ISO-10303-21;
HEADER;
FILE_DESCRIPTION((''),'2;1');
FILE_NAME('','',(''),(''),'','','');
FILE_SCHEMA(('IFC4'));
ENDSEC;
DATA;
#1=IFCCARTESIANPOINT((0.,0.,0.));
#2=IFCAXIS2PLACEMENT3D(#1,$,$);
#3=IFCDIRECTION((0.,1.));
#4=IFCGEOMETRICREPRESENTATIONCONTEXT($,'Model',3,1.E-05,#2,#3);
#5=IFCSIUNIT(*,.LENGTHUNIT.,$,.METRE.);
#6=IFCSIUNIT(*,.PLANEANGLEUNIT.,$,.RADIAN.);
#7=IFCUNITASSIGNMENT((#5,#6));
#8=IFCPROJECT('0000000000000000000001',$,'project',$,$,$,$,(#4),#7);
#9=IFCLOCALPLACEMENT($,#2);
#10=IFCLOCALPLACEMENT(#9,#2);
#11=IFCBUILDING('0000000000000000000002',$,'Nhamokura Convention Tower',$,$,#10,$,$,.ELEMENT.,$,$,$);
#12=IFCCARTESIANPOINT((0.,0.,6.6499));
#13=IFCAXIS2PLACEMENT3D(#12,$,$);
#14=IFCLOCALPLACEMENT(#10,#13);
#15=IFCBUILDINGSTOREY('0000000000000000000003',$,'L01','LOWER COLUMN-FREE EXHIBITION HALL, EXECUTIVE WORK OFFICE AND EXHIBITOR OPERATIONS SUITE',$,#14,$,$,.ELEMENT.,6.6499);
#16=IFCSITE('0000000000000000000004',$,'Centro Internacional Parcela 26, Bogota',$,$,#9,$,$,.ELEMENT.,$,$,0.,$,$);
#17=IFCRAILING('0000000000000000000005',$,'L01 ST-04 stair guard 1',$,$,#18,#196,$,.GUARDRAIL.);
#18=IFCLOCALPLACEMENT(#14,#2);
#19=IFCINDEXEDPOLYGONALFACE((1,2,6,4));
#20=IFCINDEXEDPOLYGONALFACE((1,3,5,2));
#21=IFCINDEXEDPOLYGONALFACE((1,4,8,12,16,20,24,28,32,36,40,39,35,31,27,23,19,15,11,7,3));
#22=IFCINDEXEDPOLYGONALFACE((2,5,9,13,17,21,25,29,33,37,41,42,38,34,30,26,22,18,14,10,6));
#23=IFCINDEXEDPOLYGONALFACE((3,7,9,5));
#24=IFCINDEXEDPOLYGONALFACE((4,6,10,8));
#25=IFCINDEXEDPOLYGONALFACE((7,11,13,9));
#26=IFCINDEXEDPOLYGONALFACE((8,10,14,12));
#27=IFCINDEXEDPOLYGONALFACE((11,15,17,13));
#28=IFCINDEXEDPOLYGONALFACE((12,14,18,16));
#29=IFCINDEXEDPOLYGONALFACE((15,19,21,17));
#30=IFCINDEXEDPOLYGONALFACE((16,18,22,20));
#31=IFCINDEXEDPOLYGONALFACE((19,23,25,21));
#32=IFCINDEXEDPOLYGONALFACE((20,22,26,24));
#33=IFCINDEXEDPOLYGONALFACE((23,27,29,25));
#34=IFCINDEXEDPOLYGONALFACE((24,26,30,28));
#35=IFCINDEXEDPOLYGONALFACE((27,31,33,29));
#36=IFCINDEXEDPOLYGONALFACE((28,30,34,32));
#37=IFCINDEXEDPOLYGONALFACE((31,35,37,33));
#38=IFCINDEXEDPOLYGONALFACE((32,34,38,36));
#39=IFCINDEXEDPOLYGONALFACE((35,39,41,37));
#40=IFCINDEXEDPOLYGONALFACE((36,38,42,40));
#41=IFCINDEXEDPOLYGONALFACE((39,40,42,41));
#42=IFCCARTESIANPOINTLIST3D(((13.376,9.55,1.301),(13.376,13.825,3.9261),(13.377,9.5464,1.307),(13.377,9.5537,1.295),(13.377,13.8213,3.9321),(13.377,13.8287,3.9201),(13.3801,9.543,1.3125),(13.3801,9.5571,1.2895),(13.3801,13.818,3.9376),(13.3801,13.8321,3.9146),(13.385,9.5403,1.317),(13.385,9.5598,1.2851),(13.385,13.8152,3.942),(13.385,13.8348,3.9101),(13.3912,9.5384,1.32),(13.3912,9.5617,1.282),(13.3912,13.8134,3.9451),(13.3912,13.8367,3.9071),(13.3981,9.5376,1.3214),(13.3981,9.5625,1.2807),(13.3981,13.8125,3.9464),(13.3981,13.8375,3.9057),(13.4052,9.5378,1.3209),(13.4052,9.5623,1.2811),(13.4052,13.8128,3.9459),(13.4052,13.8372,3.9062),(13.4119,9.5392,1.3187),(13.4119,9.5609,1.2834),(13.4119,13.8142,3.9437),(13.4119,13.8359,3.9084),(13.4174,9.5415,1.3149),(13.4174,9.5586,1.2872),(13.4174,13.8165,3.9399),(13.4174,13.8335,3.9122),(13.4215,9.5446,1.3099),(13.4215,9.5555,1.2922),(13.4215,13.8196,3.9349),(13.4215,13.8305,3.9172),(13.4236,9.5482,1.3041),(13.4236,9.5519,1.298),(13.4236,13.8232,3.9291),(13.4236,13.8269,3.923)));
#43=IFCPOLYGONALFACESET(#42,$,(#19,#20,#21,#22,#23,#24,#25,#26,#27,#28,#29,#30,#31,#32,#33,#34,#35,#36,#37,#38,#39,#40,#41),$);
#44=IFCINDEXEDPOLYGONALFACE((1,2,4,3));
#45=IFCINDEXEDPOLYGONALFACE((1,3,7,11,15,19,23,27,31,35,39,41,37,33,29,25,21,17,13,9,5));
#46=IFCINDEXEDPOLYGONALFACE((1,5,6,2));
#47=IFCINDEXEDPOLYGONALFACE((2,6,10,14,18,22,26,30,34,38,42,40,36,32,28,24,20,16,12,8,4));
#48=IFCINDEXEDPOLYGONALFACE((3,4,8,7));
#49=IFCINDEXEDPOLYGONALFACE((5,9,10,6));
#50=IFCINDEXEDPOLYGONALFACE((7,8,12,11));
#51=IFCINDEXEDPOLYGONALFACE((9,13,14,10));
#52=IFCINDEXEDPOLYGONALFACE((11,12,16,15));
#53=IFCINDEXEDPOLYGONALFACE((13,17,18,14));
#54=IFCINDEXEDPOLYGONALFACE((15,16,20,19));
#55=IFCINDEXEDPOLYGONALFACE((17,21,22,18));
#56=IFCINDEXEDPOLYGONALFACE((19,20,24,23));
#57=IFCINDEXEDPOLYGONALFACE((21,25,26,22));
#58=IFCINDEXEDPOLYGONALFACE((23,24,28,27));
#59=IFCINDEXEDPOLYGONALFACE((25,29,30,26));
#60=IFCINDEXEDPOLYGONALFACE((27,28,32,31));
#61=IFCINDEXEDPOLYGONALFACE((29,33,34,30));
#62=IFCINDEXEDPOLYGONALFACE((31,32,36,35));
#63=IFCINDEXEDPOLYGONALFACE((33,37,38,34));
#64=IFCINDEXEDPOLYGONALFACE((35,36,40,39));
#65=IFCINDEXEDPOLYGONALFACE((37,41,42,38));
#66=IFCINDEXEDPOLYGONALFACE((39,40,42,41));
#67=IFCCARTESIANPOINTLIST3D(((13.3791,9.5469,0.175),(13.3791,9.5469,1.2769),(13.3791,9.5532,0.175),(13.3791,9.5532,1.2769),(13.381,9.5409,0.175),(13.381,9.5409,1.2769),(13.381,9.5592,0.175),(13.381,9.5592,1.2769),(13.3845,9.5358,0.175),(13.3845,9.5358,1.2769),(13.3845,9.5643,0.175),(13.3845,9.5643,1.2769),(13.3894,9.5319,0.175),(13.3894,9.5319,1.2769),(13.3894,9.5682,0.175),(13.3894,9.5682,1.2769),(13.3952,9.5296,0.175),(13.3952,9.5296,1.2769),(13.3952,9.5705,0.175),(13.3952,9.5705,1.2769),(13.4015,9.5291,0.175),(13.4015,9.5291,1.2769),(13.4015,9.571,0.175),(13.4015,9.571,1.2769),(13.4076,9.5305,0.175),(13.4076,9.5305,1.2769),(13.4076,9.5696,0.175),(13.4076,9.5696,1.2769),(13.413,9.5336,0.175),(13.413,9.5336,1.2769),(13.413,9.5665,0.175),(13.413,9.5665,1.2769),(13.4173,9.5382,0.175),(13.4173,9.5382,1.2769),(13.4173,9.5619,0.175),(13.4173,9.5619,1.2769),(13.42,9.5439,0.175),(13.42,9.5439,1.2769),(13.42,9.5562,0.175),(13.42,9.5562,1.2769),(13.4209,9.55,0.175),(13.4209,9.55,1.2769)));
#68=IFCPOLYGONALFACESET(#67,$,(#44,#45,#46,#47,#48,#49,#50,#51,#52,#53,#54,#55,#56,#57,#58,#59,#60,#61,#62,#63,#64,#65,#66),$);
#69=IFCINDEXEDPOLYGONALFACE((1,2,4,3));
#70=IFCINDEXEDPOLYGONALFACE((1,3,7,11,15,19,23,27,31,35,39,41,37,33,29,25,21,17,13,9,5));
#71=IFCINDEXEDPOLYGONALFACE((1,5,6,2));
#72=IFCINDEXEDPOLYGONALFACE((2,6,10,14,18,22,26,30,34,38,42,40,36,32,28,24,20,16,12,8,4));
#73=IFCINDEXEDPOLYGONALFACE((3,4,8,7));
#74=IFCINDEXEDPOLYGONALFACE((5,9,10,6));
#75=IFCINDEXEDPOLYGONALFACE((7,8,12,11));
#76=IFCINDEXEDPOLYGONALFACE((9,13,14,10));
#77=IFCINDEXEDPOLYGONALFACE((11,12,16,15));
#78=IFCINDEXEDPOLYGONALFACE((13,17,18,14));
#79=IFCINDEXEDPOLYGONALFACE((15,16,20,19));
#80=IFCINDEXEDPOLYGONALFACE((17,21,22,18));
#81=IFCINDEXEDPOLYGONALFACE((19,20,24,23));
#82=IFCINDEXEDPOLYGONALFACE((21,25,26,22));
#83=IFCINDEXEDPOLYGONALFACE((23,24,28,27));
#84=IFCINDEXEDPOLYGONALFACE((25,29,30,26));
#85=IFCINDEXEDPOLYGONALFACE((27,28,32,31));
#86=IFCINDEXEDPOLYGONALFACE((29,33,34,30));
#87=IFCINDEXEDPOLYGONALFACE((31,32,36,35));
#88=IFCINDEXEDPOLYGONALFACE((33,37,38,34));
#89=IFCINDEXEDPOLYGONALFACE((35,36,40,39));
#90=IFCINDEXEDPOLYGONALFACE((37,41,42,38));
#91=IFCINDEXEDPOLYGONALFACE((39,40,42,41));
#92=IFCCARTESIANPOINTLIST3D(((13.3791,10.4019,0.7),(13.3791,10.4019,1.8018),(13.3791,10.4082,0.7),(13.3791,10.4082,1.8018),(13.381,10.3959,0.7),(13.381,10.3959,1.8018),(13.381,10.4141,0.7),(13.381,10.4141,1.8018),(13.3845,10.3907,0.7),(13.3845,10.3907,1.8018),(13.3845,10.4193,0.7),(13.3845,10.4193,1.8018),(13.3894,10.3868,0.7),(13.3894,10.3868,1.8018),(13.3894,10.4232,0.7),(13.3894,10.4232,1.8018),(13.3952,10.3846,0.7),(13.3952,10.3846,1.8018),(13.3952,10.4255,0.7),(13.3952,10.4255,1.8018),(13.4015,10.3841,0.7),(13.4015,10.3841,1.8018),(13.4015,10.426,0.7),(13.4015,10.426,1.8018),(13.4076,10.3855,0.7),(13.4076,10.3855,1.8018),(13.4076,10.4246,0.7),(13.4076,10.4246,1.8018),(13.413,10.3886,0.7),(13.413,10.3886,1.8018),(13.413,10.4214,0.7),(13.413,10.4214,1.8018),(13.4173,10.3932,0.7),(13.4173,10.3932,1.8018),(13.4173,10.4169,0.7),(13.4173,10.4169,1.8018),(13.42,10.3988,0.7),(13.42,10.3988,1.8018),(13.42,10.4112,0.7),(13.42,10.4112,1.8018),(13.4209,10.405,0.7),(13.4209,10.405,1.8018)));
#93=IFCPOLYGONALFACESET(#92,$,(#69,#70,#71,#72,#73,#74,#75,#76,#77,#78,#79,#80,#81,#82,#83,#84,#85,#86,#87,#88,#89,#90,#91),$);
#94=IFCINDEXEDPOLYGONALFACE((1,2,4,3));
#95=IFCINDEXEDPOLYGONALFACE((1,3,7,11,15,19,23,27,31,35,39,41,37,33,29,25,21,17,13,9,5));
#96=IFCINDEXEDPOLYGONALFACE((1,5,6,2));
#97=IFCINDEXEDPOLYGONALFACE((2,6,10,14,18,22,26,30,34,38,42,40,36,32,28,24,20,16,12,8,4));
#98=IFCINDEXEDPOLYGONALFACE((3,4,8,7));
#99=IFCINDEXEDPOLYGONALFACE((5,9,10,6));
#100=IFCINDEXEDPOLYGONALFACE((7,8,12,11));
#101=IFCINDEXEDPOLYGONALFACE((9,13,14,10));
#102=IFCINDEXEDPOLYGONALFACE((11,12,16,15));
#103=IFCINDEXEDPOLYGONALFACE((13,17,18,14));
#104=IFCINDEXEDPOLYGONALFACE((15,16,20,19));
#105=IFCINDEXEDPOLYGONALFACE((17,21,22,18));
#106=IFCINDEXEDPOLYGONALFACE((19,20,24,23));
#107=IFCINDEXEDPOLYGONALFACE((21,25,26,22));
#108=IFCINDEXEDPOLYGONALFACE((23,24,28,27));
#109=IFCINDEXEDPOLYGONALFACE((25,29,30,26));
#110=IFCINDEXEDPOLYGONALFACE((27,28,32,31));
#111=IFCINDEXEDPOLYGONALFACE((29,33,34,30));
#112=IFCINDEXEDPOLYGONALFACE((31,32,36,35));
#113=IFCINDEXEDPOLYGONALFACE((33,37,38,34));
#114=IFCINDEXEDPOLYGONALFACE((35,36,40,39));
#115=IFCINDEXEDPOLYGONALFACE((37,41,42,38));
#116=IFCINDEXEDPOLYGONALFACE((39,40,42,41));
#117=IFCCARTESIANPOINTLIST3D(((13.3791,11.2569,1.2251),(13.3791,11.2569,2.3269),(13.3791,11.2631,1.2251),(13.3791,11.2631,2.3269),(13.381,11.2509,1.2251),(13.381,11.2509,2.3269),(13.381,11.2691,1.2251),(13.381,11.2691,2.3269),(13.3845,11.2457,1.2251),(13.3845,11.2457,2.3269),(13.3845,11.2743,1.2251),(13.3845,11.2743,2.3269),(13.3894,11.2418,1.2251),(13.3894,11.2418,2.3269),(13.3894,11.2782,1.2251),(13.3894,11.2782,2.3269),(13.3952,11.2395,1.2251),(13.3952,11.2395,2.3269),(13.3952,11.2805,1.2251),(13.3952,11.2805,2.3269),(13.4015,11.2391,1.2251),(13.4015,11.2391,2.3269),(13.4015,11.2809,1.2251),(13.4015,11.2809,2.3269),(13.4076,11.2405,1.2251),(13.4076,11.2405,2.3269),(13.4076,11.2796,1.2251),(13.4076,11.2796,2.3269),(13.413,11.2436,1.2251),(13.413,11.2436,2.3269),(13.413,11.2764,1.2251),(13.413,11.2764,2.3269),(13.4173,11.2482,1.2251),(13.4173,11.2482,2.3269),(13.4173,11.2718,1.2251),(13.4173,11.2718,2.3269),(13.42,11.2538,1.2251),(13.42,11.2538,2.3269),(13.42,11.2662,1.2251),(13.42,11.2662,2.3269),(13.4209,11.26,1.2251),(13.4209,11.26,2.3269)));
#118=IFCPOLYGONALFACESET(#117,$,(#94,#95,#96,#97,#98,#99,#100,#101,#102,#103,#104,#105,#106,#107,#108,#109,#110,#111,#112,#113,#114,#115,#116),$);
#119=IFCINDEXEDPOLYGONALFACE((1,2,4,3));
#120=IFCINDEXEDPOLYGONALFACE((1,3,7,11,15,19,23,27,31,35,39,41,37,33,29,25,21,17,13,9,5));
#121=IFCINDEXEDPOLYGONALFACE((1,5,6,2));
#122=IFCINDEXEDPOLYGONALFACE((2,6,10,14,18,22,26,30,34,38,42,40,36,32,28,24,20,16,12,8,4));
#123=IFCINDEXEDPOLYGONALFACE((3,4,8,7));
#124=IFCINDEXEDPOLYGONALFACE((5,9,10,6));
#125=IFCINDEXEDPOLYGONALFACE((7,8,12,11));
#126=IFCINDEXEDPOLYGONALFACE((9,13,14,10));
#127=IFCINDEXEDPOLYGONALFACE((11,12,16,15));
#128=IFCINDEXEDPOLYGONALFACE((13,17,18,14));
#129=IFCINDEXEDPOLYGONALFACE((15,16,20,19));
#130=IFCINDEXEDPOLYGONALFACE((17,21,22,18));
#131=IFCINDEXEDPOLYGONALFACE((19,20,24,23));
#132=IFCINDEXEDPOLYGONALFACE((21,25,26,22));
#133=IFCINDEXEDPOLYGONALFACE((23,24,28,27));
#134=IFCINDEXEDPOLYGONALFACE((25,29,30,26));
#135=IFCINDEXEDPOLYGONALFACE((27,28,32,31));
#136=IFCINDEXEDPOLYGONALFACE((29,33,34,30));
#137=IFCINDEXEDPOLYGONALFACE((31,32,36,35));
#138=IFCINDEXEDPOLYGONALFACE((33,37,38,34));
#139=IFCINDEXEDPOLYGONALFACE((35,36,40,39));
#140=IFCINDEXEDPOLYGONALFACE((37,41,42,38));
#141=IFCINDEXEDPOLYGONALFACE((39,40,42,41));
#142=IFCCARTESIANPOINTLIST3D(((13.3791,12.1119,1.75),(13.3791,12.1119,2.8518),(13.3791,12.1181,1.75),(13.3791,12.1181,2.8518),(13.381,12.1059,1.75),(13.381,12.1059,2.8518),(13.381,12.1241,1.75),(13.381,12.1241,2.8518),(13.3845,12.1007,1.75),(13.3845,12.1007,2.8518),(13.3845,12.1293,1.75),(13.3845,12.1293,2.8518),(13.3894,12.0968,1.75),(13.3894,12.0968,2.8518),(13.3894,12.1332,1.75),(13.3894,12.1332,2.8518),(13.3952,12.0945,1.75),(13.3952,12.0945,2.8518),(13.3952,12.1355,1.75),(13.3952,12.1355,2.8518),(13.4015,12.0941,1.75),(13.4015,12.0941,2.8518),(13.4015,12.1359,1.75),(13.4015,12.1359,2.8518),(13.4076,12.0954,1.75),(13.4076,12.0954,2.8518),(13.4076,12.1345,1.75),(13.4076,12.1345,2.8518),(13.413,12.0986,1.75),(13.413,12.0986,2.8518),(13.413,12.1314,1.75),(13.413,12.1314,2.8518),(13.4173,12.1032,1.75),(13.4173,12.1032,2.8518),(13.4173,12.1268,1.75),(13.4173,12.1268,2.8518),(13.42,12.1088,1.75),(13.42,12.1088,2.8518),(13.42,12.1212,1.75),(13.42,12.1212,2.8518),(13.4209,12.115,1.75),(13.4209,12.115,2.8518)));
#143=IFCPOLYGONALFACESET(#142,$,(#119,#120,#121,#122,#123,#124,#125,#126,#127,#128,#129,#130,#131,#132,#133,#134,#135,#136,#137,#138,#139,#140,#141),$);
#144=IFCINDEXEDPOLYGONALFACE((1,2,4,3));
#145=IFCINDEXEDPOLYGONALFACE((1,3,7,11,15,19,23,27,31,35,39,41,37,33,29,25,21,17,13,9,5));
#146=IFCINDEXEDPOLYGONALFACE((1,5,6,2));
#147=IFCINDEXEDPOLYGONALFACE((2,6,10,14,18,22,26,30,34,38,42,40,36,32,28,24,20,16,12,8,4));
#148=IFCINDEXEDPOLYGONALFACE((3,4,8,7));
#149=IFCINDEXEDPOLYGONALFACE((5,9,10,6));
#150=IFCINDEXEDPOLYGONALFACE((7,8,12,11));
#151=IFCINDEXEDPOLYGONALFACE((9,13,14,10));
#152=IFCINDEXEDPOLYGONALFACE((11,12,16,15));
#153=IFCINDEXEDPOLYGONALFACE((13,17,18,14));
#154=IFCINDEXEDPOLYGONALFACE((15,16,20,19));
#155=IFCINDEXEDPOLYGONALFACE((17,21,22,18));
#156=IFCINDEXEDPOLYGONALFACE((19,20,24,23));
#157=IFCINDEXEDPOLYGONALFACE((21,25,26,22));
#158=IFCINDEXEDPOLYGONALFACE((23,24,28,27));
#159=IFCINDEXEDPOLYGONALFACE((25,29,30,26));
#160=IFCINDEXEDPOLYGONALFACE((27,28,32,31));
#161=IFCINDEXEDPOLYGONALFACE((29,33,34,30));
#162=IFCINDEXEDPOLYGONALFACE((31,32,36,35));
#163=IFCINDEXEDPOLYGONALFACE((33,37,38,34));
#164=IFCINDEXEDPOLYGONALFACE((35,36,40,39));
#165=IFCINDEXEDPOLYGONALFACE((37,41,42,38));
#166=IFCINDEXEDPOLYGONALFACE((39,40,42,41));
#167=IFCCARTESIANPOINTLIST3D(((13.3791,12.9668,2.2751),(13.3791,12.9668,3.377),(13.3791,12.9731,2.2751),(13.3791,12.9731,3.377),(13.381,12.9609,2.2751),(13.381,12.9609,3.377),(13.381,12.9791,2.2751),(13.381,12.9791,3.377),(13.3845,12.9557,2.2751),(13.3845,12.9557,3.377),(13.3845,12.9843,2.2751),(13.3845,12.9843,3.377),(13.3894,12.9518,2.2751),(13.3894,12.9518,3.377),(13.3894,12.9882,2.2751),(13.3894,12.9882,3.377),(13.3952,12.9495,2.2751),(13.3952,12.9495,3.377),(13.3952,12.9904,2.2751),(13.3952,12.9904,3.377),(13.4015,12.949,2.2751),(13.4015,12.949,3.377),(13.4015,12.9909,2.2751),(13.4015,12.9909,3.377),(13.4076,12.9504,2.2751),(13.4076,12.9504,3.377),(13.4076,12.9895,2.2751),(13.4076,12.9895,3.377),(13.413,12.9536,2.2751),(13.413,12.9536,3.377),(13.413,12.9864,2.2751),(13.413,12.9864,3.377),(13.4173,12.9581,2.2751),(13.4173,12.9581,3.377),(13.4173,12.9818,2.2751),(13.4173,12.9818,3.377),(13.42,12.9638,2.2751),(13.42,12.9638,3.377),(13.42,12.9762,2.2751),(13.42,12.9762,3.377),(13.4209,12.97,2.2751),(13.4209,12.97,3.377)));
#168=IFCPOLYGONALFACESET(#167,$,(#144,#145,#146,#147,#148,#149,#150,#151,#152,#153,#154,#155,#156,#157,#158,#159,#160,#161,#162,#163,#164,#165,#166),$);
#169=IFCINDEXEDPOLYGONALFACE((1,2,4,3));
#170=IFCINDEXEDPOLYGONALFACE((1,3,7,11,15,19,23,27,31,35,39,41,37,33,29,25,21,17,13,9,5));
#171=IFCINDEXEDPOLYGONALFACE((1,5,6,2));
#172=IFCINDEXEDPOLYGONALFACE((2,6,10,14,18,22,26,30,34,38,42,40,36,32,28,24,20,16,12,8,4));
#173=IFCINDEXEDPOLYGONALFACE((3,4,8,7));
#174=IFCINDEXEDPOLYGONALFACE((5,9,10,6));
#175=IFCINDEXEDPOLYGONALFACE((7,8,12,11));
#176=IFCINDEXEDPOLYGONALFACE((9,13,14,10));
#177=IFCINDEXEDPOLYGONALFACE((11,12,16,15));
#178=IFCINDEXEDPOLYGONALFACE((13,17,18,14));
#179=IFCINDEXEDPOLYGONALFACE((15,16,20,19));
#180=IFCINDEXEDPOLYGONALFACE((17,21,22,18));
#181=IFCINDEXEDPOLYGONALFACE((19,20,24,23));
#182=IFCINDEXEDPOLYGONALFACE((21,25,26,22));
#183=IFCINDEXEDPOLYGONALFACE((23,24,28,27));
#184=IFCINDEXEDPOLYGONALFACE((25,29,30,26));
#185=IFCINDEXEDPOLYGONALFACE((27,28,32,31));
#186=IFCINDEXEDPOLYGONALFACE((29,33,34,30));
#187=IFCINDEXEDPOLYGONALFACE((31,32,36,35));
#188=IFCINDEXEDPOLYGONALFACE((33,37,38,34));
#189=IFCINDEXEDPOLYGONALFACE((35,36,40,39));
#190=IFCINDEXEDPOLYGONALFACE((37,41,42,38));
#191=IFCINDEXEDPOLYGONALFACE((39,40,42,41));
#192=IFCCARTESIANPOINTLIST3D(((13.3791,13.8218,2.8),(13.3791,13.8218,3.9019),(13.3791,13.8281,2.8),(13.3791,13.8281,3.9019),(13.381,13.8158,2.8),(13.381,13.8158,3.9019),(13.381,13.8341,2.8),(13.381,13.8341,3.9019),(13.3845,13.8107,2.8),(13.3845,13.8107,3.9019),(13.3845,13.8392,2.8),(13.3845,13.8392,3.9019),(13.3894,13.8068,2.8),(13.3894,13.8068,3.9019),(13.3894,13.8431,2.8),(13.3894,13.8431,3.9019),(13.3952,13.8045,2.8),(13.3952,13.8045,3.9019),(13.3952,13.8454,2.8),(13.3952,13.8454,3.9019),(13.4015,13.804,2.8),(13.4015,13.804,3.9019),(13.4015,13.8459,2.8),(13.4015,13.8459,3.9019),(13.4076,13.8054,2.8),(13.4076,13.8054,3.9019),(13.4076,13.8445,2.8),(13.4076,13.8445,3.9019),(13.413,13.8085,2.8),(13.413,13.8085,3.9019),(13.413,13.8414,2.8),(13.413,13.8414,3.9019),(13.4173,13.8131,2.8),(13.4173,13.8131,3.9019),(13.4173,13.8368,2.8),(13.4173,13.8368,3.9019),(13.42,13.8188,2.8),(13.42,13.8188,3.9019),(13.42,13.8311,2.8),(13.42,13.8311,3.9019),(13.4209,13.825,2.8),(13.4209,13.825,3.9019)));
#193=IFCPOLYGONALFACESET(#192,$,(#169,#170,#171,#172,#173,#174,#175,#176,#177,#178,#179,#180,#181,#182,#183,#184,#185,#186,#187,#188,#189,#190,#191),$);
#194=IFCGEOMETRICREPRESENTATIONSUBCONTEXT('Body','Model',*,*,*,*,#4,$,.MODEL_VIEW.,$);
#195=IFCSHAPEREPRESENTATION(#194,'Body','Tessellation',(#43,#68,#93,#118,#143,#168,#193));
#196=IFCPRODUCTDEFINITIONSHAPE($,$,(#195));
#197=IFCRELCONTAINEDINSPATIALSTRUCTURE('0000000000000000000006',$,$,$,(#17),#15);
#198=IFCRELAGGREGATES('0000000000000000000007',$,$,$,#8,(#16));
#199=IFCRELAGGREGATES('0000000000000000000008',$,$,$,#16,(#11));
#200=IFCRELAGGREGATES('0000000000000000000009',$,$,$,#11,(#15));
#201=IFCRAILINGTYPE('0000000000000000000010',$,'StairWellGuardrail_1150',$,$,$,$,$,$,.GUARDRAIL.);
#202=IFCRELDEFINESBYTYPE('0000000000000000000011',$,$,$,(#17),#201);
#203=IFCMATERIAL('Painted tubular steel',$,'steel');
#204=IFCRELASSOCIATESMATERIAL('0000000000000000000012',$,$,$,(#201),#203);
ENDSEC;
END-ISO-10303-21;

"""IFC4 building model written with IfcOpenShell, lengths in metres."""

from ifc_helpers import new_model, si_unit, direction, frame, origin, origin_2d, place, context, subcontext, project, spatial, circle, extrude, material, type_object, element, save


model = new_model("IFC4")

# Units and contexts
model_context = context("Model", 3, precision=1e-05, world=origin(), true_north=direction((0.0, 1.0)))
body_context = subcontext(model_context, "Body", "Model", "MODEL_VIEW")
ifc_project = project(units=[si_unit("LENGTHUNIT", "METRE"), si_unit("PLANEANGLEUNIT", "RADIAN")], contexts=[model_context])

# Site, building, storey
site_placement = place(None, origin())
site = spatial("IfcSite", under=ifc_project, at=site_placement, Name="Centro Internacional Parcela 26, Bogota", CompositionType="ELEMENT", RefElevation=0.0)
building_placement = place(site_placement, origin())
building = spatial("IfcBuilding", under=site, at=building_placement, Name="Nhamokura Convention Tower", CompositionType="ELEMENT")
storey_placement = place(building_placement, frame((0.0, 0.0, 6.6499)))
storey = spatial("IfcBuildingStorey", under=building, at=storey_placement, Name="L01", Description="LOWER COLUMN-FREE EXHIBITION HALL, EXECUTIVE WORK OFFICE AND EXHIBITOR OPERATIONS SUITE", CompositionType="ELEMENT", Elevation=6.6499)

# Railing
ifc_material_1 = material(Name="Painted tubular steel", Category="steel")
railing_type_1 = type_object("IfcRailingType", Name="StairWellGuardrail_1150", PredefinedType="GUARDRAIL", material=ifc_material_1)
railing_1_placement = place(storey_placement, frame((13.3999, 9.55, 0.175)))
element("IfcRailing", 1, at=railing_1_placement, inside=storey, type_object=railing_type_1, Name="L01 ST-04 stair guard 1", PredefinedType="GUARDRAIL", context=body_context, shape_type="SweptSolid", body=[
    extrude(circle(Radius=0.0239, at=origin_2d()), frame((0.0, 0.0, 1.126), z_axis=(0.0, 0.852166, 0.523272), x_axis=(-1.0, 0.0, 0.0)), (0.0, 0.0, 1.0), 5.0166),
    extrude(circle(Radius=0.021, at=origin_2d()), origin(), (0.0, 0.0, 1.0), 1.1018),
    extrude(circle(Radius=0.021, at=origin_2d()), frame((0.0, 0.855, 0.5249)), (0.0, 0.0, 1.0), 1.1018),
    extrude(circle(Radius=0.021, at=origin_2d()), frame((0.0, 1.71, 1.05)), (0.0, 0.0, 1.0), 1.1018),
    extrude(circle(Radius=0.021, at=origin_2d()), frame((0.0, 2.5649, 1.575)), (0.0, 0.0, 1.0), 1.1018),
    extrude(circle(Radius=0.021, at=origin_2d()), frame((0.0, 3.4199, 2.1001)), (0.0, 0.0, 1.0), 1.1018),
    extrude(circle(Radius=0.021, at=origin_2d()), frame((0.0, 4.2749, 2.625)), (0.0, 0.0, 1.0), 1.1018),
])

save(model, "model.ifc")
